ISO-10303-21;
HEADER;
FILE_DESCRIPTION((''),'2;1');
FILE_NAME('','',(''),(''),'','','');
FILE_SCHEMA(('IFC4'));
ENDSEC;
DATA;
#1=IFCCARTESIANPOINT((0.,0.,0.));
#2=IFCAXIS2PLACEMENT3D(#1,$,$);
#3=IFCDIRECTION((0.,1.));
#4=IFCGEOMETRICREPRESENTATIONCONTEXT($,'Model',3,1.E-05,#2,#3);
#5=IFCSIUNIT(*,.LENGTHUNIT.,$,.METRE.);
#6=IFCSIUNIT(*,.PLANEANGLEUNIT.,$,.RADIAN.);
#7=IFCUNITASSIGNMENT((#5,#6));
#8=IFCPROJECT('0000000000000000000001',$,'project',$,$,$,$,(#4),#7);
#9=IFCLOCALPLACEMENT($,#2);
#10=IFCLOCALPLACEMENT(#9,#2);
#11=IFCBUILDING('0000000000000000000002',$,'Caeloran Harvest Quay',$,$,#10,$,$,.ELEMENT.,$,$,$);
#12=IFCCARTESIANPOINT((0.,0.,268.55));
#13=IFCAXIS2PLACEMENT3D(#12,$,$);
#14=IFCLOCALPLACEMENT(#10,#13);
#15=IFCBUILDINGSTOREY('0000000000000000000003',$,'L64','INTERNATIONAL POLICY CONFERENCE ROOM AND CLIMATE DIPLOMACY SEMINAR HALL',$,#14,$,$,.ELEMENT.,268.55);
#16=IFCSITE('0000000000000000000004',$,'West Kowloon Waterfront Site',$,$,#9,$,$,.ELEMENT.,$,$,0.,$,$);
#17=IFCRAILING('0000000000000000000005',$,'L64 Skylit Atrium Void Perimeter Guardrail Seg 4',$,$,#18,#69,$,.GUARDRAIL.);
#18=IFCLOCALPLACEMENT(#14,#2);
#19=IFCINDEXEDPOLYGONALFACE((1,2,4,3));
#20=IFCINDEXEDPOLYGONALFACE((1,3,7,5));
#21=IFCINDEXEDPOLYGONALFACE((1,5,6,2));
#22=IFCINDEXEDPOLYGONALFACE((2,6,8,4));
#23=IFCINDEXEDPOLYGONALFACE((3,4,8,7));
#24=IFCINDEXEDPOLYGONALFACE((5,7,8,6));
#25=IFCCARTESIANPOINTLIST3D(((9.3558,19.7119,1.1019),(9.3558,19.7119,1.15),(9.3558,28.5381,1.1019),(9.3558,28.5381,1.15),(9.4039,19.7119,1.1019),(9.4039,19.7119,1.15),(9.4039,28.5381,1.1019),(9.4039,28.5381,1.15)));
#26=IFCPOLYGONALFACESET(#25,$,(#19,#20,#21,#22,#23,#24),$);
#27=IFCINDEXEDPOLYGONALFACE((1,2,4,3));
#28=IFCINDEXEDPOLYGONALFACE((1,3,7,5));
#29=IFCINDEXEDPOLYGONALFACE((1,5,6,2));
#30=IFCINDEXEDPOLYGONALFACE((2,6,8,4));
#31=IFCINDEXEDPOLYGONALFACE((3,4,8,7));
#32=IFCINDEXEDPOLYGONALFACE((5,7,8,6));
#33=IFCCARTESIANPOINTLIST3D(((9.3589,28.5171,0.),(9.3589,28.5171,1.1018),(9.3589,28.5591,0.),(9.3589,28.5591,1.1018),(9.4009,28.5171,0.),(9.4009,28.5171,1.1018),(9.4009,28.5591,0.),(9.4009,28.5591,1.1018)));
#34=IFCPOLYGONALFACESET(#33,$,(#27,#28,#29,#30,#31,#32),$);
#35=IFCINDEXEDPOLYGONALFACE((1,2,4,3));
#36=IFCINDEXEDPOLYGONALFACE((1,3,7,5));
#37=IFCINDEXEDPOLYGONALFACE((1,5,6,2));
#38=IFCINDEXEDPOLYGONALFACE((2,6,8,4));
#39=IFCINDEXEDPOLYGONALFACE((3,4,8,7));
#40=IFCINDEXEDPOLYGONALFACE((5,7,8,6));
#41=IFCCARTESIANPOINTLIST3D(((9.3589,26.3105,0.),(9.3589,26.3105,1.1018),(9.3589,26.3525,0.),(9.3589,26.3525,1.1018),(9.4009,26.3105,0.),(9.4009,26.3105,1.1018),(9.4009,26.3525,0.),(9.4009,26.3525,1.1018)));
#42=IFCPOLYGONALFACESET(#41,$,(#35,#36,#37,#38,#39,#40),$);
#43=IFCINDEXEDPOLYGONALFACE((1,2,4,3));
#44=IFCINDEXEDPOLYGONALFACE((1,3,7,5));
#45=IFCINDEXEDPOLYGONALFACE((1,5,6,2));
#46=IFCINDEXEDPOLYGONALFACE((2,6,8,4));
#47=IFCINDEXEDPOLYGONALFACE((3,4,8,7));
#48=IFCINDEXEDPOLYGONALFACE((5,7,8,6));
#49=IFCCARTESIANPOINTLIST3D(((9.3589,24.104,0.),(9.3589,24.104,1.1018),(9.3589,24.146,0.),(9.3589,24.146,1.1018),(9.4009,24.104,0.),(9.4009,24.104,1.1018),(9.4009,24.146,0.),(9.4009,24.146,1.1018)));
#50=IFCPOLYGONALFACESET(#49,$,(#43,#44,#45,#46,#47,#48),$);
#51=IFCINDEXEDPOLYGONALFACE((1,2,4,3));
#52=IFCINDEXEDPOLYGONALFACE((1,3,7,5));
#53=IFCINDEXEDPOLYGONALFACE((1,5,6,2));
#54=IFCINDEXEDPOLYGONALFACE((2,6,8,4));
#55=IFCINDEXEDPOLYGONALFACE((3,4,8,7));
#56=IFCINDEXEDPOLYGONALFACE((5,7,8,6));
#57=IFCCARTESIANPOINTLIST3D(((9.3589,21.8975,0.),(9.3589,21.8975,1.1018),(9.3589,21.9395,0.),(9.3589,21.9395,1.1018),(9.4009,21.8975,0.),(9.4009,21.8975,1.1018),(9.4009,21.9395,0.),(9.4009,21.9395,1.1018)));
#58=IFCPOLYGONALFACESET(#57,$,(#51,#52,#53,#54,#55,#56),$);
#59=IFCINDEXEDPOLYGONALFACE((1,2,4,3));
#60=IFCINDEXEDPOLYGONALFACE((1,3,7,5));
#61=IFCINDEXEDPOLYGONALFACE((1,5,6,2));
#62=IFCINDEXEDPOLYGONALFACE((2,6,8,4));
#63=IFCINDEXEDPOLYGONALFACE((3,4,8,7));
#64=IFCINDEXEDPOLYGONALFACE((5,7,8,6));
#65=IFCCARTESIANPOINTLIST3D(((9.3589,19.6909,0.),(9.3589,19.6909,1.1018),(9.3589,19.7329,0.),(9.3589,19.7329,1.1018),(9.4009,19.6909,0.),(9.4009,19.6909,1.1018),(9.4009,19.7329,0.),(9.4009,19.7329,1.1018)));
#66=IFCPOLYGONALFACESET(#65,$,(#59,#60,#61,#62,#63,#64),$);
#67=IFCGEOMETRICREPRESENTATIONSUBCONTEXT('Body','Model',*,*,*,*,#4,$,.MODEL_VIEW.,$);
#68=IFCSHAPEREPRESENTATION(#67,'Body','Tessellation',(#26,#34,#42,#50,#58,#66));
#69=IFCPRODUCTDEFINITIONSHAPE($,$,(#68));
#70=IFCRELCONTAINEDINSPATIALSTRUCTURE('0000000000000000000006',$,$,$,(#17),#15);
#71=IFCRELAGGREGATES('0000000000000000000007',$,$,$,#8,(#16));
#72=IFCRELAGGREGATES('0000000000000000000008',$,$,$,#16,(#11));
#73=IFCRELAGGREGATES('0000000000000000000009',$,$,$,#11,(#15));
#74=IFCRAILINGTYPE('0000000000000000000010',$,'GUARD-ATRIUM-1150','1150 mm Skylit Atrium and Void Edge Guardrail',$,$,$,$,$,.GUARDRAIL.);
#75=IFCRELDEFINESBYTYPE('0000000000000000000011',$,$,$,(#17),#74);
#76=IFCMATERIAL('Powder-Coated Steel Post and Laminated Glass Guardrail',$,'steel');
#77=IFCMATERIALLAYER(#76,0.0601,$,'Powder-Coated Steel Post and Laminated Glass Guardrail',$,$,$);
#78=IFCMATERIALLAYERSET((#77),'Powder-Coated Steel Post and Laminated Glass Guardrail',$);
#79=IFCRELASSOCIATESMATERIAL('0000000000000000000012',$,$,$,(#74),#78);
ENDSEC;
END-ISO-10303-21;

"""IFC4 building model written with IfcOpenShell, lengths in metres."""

from ifc_helpers import new_model, si_unit, direction, frame, origin, origin_2d, place, context, subcontext, project, spatial, rectangle, extrude, material, layer, layer_set, type_object, element, save


model = new_model("IFC4")

# Units and contexts
model_context = context("Model", 3, precision=1e-05, world=origin(), true_north=direction((0.0, 1.0)))
body_context = subcontext(model_context, "Body", "Model", "MODEL_VIEW")
ifc_project = project(units=[si_unit("LENGTHUNIT", "METRE"), si_unit("PLANEANGLEUNIT", "RADIAN")], contexts=[model_context])

# Site, building, storey
site_placement = place(None, origin())
site = spatial("IfcSite", under=ifc_project, at=site_placement, Name="West Kowloon Waterfront Site", CompositionType="ELEMENT", RefElevation=0.0)
building_placement = place(site_placement, origin())
building = spatial("IfcBuilding", under=site, at=building_placement, Name="Caeloran Harvest Quay", CompositionType="ELEMENT")
storey_placement = place(building_placement, frame((0.0, 0.0, 268.55)))
storey = spatial("IfcBuildingStorey", under=building, at=storey_placement, Name="L64", Description="INTERNATIONAL POLICY CONFERENCE ROOM AND CLIMATE DIPLOMACY SEMINAR HALL", CompositionType="ELEMENT", Elevation=268.55)

# Railing
ifc_material_1 = material(Name="Powder-Coated Steel Post and Laminated Glass Guardrail", Category="steel")
ifc_layer_1 = layer(ifc_material_1, 0.0601, Name="Powder-Coated Steel Post and Laminated Glass Guardrail")
ifc_layer_set_1 = layer_set([ifc_layer_1], Name="Powder-Coated Steel Post and Laminated Glass Guardrail")
railing_type = type_object("IfcRailingType", Name="GUARD-ATRIUM-1150", Description="1150 mm Skylit Atrium and Void Edge Guardrail", PredefinedType="GUARDRAIL", material=ifc_layer_set_1)
railing_placement = place(storey_placement, frame((9.3799, 28.5381, 0.0)))
element("IfcRailing", 1, at=railing_placement, inside=storey, type_object=railing_type, Name="L64 Skylit Atrium Void Perimeter Guardrail Seg 4", PredefinedType="GUARDRAIL", context=body_context, shape_type="SweptSolid", body=[
    extrude(rectangle(XDim=0.0481, YDim=0.0481, at=origin_2d()), frame((0.0, 0.0, 1.126), z_axis=(0.0, -1.0, 0.0), x_axis=(1.0, 0.0, 0.0)), (0.0, 0.0, 1.0), 8.8262),
    extrude(rectangle(XDim=0.042, YDim=0.042, at=origin_2d()), origin(), (0.0, 0.0, 1.0), 1.1018),
    extrude(rectangle(XDim=0.042, YDim=0.042, at=origin_2d()), frame((0.0, -2.2065, 0.0)), (0.0, 0.0, 1.0), 1.1018),
    extrude(rectangle(XDim=0.042, YDim=0.042, at=origin_2d()), frame((0.0, -4.4131, 0.0)), (0.0, 0.0, 1.0), 1.1018),
    extrude(rectangle(XDim=0.042, YDim=0.042, at=origin_2d()), frame((0.0, -6.6196, 0.0)), (0.0, 0.0, 1.0), 1.1018),
    extrude(rectangle(XDim=0.042, YDim=0.042, at=origin_2d()), frame((0.0, -8.8262, 0.0)), (0.0, 0.0, 1.0), 1.1018),
])

save(model, "model.ifc")
